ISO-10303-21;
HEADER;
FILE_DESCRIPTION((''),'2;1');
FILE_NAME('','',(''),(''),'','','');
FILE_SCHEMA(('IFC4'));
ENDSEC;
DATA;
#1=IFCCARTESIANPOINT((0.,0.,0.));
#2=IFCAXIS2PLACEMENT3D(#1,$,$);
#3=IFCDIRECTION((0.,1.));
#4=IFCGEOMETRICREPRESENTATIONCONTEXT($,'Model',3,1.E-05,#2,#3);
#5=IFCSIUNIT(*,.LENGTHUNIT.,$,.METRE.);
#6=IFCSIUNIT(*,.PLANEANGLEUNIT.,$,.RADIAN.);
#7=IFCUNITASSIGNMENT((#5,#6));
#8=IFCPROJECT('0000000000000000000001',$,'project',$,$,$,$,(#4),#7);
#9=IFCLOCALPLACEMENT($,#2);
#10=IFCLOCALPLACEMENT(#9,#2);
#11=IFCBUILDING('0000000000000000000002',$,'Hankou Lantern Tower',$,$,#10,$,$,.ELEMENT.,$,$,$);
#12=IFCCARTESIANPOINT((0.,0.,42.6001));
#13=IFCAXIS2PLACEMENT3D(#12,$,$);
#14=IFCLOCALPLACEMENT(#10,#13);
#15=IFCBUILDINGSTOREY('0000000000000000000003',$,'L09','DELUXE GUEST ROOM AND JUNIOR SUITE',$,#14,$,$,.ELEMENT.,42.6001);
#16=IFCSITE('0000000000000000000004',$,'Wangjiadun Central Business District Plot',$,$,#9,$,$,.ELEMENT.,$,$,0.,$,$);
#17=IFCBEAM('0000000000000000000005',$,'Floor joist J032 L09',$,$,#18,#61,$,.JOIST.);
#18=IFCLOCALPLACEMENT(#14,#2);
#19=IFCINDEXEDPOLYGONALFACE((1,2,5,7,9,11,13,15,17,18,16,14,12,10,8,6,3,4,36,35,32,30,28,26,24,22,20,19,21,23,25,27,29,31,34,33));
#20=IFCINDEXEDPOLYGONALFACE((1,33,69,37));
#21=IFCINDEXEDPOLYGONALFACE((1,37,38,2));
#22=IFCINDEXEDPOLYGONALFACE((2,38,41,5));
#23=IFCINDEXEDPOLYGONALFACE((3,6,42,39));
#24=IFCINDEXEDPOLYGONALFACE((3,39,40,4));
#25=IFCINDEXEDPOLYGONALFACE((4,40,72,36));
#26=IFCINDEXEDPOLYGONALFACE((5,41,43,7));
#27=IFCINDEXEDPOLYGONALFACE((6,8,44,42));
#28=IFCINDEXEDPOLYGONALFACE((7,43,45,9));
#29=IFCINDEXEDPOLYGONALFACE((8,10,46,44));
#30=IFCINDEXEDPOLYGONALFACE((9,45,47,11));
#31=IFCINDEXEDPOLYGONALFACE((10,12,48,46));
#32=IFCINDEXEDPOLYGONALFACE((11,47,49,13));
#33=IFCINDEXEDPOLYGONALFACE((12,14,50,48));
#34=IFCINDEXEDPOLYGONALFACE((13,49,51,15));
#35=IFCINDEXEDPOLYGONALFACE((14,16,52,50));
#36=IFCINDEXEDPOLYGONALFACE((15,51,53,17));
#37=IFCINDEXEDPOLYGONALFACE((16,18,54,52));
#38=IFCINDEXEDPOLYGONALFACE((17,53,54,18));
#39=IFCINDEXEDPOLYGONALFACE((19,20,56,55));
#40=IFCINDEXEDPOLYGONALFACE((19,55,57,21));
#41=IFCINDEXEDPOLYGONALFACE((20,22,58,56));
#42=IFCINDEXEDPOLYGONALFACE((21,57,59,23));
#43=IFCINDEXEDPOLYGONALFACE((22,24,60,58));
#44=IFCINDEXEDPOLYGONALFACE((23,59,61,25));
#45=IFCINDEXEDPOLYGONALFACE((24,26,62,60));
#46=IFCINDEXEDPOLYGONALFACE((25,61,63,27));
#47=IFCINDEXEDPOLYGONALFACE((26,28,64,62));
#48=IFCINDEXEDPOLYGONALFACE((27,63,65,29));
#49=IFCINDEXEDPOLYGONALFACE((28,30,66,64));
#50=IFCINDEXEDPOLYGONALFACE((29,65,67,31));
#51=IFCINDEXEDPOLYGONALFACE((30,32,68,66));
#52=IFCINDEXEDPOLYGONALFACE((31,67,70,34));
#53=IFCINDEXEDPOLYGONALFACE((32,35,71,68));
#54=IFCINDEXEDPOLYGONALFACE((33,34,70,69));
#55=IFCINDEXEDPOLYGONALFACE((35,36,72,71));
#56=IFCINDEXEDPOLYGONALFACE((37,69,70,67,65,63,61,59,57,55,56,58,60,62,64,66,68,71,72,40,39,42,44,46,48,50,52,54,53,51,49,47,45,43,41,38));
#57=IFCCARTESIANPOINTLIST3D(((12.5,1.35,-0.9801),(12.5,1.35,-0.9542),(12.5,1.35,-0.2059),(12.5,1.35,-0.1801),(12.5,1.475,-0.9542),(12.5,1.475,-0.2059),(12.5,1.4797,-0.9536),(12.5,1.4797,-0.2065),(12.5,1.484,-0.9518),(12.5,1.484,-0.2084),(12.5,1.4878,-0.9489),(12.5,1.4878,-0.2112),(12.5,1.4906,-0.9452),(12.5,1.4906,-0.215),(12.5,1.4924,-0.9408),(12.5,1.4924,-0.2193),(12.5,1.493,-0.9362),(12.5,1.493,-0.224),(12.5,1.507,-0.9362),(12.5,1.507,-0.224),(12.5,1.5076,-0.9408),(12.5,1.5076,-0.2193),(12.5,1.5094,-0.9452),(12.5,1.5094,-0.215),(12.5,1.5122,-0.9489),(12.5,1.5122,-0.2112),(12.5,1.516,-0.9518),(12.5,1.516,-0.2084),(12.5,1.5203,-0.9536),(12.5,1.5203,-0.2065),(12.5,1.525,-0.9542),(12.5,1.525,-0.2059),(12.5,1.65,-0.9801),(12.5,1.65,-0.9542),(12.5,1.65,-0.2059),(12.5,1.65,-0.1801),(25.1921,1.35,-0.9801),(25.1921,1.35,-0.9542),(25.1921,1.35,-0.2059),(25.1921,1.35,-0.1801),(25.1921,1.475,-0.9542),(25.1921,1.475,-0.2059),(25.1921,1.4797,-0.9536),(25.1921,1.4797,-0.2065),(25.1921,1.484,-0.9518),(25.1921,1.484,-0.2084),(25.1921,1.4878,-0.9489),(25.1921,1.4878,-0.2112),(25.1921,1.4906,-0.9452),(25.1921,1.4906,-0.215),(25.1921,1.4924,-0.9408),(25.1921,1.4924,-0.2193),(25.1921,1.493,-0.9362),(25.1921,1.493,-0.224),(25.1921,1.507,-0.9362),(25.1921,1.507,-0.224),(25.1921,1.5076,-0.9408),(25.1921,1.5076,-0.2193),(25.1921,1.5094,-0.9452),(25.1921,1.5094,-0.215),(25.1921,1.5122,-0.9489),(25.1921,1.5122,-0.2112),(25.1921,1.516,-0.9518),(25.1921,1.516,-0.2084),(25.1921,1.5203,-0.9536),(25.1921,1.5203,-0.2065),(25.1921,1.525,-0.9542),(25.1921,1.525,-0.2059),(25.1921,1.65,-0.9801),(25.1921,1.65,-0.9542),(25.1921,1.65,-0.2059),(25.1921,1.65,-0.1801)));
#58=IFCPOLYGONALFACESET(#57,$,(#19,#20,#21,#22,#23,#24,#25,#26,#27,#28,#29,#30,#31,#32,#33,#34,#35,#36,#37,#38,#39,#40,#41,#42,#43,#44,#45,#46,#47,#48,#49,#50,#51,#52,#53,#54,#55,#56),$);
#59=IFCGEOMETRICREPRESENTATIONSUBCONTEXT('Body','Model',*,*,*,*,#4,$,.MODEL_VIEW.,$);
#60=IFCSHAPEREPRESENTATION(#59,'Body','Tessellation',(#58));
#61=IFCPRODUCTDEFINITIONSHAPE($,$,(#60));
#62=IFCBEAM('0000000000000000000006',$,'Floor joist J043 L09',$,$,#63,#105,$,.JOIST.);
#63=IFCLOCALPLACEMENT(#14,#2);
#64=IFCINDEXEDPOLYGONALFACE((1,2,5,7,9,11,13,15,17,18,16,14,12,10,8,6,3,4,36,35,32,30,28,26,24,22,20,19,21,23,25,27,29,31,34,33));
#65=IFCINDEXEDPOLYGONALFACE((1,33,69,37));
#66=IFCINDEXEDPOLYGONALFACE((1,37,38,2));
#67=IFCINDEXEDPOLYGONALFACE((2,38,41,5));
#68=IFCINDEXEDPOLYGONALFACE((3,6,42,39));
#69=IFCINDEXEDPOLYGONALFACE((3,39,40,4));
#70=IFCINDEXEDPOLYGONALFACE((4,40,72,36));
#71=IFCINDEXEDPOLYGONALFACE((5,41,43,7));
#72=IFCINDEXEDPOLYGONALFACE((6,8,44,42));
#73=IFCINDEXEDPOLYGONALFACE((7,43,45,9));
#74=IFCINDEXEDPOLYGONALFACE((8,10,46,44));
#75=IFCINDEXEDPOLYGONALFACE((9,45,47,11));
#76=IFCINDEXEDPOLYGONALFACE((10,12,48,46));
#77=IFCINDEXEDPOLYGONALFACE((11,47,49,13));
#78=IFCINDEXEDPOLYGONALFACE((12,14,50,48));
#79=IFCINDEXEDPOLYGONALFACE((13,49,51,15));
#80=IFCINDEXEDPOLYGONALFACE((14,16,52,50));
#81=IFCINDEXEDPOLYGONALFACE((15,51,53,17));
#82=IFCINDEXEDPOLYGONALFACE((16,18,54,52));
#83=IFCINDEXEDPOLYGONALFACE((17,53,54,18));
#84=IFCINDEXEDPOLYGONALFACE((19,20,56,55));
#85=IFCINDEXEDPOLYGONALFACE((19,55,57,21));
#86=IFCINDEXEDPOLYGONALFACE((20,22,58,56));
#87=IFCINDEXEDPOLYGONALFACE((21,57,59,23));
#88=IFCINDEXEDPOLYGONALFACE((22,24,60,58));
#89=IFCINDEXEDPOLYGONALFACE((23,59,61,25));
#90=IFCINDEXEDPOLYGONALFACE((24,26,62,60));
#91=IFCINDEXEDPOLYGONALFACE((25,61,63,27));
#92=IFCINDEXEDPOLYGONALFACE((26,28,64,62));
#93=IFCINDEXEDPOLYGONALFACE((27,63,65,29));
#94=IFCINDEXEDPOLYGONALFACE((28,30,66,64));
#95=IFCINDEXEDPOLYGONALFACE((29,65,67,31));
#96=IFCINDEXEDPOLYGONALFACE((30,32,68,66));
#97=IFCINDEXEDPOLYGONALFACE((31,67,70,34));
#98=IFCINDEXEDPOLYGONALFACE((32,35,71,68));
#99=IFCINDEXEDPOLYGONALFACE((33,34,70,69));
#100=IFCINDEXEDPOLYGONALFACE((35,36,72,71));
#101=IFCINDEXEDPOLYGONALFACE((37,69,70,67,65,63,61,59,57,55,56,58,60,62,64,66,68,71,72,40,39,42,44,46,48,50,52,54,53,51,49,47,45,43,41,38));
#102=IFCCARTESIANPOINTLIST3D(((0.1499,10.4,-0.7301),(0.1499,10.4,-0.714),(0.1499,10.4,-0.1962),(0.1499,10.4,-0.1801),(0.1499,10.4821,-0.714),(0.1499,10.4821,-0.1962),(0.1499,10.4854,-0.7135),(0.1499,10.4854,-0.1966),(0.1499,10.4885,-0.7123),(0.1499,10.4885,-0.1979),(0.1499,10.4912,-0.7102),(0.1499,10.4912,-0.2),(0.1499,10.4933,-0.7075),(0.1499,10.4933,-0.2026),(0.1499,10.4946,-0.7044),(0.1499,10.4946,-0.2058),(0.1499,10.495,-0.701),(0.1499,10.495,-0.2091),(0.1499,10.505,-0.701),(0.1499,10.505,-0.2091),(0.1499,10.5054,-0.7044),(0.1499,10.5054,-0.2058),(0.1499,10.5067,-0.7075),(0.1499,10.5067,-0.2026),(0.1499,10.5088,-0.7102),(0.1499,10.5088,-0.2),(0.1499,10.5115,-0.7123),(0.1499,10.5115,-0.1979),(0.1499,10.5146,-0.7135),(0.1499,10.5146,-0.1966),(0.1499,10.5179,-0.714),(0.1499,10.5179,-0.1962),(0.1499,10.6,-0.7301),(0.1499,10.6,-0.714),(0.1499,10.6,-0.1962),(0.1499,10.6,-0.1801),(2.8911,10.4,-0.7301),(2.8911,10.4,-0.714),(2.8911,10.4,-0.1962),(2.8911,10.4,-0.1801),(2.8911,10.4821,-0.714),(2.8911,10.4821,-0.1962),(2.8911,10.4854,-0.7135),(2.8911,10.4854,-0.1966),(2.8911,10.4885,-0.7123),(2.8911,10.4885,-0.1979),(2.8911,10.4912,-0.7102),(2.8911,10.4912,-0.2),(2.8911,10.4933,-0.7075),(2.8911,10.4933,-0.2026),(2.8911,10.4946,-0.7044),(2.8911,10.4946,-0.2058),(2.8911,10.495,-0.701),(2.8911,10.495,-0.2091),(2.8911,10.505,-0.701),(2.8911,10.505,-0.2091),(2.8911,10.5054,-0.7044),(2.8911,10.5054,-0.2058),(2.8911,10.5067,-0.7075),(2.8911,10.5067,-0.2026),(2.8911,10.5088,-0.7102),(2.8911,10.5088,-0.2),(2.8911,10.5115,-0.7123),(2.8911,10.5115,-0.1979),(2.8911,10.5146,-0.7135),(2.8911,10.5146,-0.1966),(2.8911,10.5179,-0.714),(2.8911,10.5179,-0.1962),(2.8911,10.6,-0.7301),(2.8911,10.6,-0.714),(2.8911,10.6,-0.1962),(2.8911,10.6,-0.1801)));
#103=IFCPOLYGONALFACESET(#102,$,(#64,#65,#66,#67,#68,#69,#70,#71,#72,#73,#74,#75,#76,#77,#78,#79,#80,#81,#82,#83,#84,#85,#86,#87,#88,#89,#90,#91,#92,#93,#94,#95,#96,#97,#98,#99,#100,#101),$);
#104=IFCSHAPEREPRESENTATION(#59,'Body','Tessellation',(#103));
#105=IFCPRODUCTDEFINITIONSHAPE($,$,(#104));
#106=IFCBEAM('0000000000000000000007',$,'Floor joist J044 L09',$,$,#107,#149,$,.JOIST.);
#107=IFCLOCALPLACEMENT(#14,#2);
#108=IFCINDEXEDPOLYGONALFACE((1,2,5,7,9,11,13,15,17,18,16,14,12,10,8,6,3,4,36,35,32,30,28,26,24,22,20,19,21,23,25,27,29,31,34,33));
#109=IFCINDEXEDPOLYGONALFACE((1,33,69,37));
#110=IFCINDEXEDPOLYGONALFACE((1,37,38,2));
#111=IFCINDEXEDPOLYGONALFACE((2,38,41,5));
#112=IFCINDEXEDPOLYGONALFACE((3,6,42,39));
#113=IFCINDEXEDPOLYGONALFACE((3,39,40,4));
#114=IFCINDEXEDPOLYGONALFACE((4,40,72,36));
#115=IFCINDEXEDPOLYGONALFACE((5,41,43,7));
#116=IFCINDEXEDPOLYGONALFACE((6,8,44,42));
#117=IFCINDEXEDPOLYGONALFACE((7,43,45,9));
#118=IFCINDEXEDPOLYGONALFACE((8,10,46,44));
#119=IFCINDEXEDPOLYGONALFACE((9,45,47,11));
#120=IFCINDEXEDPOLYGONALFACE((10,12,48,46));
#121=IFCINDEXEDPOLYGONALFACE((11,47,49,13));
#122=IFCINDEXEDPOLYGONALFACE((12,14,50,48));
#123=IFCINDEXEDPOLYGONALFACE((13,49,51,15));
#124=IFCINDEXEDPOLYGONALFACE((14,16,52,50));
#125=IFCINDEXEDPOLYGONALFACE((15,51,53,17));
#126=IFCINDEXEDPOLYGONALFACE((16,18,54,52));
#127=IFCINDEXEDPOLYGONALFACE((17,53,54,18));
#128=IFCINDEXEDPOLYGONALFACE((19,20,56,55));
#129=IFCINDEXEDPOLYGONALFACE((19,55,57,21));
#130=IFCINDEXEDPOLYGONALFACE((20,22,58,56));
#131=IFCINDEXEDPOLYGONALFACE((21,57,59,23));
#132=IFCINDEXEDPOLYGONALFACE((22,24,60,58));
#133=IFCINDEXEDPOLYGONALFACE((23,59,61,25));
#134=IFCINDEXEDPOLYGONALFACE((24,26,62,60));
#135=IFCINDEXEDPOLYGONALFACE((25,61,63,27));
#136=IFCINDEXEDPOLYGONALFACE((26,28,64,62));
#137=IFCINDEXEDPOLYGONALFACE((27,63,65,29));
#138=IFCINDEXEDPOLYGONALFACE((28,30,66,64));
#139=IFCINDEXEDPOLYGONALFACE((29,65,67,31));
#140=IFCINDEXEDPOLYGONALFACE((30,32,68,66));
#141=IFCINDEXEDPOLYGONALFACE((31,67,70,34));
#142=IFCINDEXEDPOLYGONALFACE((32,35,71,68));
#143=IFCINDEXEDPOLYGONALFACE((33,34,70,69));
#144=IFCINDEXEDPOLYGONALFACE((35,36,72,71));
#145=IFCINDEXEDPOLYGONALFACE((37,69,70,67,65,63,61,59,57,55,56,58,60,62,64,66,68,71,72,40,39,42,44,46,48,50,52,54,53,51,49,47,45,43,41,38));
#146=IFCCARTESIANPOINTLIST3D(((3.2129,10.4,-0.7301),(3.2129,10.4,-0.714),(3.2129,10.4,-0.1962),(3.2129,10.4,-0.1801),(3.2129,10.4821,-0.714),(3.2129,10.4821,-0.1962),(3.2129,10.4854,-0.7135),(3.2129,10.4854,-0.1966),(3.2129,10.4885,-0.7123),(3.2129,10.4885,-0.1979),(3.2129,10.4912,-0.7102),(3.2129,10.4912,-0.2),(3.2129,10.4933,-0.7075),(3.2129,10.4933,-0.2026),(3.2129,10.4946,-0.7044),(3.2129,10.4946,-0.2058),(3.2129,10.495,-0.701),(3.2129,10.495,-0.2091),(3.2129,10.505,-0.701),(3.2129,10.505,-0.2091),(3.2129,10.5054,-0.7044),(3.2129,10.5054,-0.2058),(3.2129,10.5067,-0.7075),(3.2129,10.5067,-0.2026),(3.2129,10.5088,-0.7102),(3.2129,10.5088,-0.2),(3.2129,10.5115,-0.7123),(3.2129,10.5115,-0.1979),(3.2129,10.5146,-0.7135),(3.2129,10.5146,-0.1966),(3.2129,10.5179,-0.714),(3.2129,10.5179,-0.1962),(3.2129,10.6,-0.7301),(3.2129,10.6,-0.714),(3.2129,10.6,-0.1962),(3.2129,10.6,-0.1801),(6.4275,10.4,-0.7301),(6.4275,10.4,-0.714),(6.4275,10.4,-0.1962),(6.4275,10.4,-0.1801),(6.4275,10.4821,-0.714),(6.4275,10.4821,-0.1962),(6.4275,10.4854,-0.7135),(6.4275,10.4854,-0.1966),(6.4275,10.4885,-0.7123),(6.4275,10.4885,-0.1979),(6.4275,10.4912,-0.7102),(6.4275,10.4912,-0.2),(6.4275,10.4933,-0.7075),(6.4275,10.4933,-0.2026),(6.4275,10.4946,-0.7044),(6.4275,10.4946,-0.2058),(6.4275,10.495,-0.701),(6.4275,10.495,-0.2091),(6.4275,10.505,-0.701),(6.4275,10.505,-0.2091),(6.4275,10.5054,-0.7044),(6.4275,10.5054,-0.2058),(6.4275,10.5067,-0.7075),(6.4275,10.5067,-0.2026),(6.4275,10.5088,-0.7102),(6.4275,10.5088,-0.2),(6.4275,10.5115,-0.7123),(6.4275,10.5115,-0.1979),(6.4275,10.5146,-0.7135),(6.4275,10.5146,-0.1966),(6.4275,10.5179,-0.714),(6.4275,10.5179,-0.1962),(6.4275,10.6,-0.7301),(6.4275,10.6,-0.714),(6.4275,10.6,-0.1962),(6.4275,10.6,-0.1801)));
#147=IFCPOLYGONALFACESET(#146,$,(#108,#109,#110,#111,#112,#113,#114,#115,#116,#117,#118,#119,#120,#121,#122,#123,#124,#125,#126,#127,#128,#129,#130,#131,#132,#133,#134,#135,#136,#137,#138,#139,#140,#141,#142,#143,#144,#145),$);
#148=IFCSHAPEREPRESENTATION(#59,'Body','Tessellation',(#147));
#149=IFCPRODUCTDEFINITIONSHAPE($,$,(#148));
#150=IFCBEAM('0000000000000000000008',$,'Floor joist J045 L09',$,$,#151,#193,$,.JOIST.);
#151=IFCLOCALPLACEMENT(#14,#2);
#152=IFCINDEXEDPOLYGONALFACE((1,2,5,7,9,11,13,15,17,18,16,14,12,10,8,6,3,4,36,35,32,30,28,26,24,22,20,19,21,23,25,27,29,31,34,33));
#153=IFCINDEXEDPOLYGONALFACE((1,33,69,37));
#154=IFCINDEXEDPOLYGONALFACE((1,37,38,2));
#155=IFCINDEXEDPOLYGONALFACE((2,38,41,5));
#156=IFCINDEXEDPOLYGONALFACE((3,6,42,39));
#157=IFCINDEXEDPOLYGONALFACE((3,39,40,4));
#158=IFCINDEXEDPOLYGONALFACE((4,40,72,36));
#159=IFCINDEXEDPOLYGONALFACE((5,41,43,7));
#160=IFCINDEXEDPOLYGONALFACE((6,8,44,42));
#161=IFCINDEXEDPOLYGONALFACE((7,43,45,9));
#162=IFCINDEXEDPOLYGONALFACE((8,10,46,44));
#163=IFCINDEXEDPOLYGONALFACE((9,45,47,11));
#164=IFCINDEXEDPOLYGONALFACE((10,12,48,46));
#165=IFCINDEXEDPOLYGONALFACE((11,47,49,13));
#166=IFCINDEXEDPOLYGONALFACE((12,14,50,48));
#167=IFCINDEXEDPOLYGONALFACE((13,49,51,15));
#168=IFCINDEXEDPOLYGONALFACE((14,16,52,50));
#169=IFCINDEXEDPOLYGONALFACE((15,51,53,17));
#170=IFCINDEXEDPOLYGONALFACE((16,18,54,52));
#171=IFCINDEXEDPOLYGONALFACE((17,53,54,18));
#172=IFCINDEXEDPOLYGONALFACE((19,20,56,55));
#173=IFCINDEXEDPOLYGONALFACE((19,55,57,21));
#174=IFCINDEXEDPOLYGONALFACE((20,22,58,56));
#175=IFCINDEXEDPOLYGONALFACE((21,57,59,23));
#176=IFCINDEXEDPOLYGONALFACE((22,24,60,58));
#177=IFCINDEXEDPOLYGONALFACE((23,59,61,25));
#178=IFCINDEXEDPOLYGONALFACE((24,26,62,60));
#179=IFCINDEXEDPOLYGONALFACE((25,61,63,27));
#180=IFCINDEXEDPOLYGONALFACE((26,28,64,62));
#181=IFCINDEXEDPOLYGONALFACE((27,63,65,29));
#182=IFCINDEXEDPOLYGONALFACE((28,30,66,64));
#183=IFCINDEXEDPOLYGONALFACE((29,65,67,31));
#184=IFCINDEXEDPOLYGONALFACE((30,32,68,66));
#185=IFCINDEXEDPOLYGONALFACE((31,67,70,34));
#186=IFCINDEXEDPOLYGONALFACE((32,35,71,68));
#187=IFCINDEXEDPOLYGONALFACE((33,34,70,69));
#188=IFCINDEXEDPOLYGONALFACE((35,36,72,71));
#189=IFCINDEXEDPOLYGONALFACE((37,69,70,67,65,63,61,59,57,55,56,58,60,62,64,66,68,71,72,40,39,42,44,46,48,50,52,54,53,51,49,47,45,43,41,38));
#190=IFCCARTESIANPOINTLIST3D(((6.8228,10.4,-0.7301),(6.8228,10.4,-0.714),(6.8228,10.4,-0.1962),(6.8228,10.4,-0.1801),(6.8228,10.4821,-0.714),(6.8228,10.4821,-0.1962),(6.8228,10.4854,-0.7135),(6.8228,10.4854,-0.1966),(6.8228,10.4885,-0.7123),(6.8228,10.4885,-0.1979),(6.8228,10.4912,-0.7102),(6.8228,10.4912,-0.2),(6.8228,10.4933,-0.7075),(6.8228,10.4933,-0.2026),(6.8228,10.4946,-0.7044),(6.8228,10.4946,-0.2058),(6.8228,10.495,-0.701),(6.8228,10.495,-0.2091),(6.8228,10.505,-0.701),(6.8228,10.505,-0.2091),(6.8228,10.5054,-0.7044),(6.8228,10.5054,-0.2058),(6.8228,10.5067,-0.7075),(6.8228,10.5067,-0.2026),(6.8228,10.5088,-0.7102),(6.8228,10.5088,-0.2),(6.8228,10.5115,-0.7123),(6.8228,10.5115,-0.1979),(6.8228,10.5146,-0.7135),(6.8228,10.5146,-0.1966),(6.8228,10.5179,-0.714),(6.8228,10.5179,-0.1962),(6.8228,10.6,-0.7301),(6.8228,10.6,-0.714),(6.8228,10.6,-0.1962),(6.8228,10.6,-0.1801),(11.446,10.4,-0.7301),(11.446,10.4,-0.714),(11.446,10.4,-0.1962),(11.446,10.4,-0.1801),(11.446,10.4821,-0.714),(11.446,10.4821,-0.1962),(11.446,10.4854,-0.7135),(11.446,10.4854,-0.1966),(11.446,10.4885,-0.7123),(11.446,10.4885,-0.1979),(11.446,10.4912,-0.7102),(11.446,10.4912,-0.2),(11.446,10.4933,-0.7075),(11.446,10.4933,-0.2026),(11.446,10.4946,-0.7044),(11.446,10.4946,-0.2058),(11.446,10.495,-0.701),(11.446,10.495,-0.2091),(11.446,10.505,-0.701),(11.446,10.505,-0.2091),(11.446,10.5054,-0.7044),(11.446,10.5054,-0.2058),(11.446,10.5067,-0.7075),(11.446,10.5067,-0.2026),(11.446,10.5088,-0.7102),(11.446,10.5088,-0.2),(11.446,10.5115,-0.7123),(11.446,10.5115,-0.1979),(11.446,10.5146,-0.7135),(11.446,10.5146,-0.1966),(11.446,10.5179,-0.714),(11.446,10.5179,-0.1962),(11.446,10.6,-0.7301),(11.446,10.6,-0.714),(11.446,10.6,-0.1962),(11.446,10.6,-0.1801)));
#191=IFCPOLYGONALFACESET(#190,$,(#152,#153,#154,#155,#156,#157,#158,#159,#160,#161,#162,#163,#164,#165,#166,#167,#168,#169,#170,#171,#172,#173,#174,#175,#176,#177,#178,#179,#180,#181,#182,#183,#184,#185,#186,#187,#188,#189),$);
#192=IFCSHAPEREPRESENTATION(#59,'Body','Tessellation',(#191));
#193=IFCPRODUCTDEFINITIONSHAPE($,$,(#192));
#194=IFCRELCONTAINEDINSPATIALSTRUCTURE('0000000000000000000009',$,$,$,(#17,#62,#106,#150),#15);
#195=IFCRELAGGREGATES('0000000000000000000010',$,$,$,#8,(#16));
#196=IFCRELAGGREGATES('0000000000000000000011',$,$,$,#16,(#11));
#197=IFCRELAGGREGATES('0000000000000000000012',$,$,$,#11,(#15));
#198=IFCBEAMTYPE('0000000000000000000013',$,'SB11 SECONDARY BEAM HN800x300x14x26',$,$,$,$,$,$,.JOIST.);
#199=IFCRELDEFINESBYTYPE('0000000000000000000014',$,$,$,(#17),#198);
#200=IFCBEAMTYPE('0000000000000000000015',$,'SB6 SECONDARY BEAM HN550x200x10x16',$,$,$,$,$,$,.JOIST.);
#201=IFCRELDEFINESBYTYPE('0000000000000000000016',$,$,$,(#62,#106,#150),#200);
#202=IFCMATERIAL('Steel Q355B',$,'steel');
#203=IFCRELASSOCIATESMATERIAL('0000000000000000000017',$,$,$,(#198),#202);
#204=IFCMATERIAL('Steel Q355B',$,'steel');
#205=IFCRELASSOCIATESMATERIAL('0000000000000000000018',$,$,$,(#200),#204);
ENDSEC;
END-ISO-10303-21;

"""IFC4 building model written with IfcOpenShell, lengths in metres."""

from ifc_helpers import new_model, si_unit, direction, frame, origin, origin_2d, place, context, subcontext, project, spatial, i_section, extrude, material, material_profile, profile_set, type_object, element, save


model = new_model("IFC4")

# Units and contexts
model_context = context("Model", 3, precision=1e-05, world=origin(), true_north=direction((0.0, 1.0)))
body_context = subcontext(model_context, "Body", "Model", "MODEL_VIEW")
ifc_project = project(units=[si_unit("LENGTHUNIT", "METRE"), si_unit("PLANEANGLEUNIT", "RADIAN")], contexts=[model_context])

# Site, building, storey
site_placement = place(None, origin())
site = spatial("IfcSite", under=ifc_project, at=site_placement, Name="Wangjiadun Central Business District Plot", CompositionType="ELEMENT", RefElevation=0.0)
building_placement = place(site_placement, origin())
building = spatial("IfcBuilding", under=site, at=building_placement, Name="Hankou Lantern Tower", CompositionType="ELEMENT")
storey_placement = place(building_placement, frame((0.0, 0.0, 42.6001)))
storey = spatial("IfcBuildingStorey", under=building, at=storey_placement, Name="L09", Description="DELUXE GUEST ROOM AND JUNIOR SUITE", CompositionType="ELEMENT", Elevation=42.6001)

# Beams
ifc_material_1 = material(Name="Steel Q355B", Category="steel")
ifc_material_profile_1 = material_profile(ifc_material_1, i_section(OverallWidth=0.3, OverallDepth=0.8, WebThickness=0.0139, FlangeThickness=0.0259, FilletRadius=0.0181, at=origin_2d()), Name="HN800x300x14x26")
ifc_profile_set_1 = profile_set([ifc_material_profile_1], Name="Steel Q355B")
beam_type_1 = type_object("IfcBeamType", Name="SB11 SECONDARY BEAM HN800x300x14x26", PredefinedType="JOIST", material=ifc_profile_set_1)
beam_1_placement = place(storey_placement, frame((12.5, 1.5, -0.5801), z_axis=(1.0, 0.0, 0.0), x_axis=(0.0, 1.0, 0.0)))
element("IfcBeam", 1, at=beam_1_placement, inside=storey, type_object=beam_type_1, Name="Floor joist J032 L09", PredefinedType="JOIST", context=body_context, shape_type="SweptSolid", body=[
    extrude(i_section(OverallWidth=0.3, OverallDepth=0.8, WebThickness=0.0139, FlangeThickness=0.0259, FilletRadius=0.0181, at=origin_2d()), origin(), (0.0, 0.0, 1.0), 12.6921),
])
ifc_material_2 = material(Name="Steel Q355B", Category="steel")
ifc_material_profile_2 = material_profile(ifc_material_2, i_section(OverallWidth=0.2, OverallDepth=0.55, WebThickness=0.01, FlangeThickness=0.0161, FilletRadius=0.0129, at=origin_2d()), Name="HN550x200x10x16")
ifc_profile_set_2 = profile_set([ifc_material_profile_2], Name="Steel Q355B")
beam_type_2 = type_object("IfcBeamType", Name="SB6 SECONDARY BEAM HN550x200x10x16", PredefinedType="JOIST", material=ifc_profile_set_2)
beam_2_placement = place(storey_placement, frame((0.1499, 10.5, -0.4551), z_axis=(1.0, 0.0, 0.0), x_axis=(0.0, 1.0, 0.0)))
element("IfcBeam", 2, at=beam_2_placement, inside=storey, type_object=beam_type_2, Name="Floor joist J043 L09", PredefinedType="JOIST", context=body_context, shape_type="SweptSolid", body=[
    extrude(i_section(OverallWidth=0.2, OverallDepth=0.55, WebThickness=0.01, FlangeThickness=0.0161, FilletRadius=0.0129, at=origin_2d()), origin(), (0.0, 0.0, 1.0), 2.7412),
])
beam_3_placement = place(storey_placement, frame((3.2129, 10.5, -0.4551), z_axis=(1.0, 0.0, 0.0), x_axis=(0.0, 1.0, 0.0)))
element("IfcBeam", 3, at=beam_3_placement, inside=storey, type_object=beam_type_2, Name="Floor joist J044 L09", PredefinedType="JOIST", context=body_context, shape_type="SweptSolid", body=[
    extrude(i_section(OverallWidth=0.2, OverallDepth=0.55, WebThickness=0.01, FlangeThickness=0.0161, FilletRadius=0.0129, at=origin_2d()), origin(), (0.0, 0.0, 1.0), 3.2146),
])
beam_4_placement = place(storey_placement, frame((6.8228, 10.5, -0.4551), z_axis=(1.0, 0.0, 0.0), x_axis=(0.0, 1.0, 0.0)))
element("IfcBeam", 4, at=beam_4_placement, inside=storey, type_object=beam_type_2, Name="Floor joist J045 L09", PredefinedType="JOIST", context=body_context, shape_type="SweptSolid", body=[
    extrude(i_section(OverallWidth=0.2, OverallDepth=0.55, WebThickness=0.01, FlangeThickness=0.0161, FilletRadius=0.0129, at=origin_2d()), origin(), (0.0, 0.0, 1.0), 4.6233),
])

save(model, "model.ifc")
